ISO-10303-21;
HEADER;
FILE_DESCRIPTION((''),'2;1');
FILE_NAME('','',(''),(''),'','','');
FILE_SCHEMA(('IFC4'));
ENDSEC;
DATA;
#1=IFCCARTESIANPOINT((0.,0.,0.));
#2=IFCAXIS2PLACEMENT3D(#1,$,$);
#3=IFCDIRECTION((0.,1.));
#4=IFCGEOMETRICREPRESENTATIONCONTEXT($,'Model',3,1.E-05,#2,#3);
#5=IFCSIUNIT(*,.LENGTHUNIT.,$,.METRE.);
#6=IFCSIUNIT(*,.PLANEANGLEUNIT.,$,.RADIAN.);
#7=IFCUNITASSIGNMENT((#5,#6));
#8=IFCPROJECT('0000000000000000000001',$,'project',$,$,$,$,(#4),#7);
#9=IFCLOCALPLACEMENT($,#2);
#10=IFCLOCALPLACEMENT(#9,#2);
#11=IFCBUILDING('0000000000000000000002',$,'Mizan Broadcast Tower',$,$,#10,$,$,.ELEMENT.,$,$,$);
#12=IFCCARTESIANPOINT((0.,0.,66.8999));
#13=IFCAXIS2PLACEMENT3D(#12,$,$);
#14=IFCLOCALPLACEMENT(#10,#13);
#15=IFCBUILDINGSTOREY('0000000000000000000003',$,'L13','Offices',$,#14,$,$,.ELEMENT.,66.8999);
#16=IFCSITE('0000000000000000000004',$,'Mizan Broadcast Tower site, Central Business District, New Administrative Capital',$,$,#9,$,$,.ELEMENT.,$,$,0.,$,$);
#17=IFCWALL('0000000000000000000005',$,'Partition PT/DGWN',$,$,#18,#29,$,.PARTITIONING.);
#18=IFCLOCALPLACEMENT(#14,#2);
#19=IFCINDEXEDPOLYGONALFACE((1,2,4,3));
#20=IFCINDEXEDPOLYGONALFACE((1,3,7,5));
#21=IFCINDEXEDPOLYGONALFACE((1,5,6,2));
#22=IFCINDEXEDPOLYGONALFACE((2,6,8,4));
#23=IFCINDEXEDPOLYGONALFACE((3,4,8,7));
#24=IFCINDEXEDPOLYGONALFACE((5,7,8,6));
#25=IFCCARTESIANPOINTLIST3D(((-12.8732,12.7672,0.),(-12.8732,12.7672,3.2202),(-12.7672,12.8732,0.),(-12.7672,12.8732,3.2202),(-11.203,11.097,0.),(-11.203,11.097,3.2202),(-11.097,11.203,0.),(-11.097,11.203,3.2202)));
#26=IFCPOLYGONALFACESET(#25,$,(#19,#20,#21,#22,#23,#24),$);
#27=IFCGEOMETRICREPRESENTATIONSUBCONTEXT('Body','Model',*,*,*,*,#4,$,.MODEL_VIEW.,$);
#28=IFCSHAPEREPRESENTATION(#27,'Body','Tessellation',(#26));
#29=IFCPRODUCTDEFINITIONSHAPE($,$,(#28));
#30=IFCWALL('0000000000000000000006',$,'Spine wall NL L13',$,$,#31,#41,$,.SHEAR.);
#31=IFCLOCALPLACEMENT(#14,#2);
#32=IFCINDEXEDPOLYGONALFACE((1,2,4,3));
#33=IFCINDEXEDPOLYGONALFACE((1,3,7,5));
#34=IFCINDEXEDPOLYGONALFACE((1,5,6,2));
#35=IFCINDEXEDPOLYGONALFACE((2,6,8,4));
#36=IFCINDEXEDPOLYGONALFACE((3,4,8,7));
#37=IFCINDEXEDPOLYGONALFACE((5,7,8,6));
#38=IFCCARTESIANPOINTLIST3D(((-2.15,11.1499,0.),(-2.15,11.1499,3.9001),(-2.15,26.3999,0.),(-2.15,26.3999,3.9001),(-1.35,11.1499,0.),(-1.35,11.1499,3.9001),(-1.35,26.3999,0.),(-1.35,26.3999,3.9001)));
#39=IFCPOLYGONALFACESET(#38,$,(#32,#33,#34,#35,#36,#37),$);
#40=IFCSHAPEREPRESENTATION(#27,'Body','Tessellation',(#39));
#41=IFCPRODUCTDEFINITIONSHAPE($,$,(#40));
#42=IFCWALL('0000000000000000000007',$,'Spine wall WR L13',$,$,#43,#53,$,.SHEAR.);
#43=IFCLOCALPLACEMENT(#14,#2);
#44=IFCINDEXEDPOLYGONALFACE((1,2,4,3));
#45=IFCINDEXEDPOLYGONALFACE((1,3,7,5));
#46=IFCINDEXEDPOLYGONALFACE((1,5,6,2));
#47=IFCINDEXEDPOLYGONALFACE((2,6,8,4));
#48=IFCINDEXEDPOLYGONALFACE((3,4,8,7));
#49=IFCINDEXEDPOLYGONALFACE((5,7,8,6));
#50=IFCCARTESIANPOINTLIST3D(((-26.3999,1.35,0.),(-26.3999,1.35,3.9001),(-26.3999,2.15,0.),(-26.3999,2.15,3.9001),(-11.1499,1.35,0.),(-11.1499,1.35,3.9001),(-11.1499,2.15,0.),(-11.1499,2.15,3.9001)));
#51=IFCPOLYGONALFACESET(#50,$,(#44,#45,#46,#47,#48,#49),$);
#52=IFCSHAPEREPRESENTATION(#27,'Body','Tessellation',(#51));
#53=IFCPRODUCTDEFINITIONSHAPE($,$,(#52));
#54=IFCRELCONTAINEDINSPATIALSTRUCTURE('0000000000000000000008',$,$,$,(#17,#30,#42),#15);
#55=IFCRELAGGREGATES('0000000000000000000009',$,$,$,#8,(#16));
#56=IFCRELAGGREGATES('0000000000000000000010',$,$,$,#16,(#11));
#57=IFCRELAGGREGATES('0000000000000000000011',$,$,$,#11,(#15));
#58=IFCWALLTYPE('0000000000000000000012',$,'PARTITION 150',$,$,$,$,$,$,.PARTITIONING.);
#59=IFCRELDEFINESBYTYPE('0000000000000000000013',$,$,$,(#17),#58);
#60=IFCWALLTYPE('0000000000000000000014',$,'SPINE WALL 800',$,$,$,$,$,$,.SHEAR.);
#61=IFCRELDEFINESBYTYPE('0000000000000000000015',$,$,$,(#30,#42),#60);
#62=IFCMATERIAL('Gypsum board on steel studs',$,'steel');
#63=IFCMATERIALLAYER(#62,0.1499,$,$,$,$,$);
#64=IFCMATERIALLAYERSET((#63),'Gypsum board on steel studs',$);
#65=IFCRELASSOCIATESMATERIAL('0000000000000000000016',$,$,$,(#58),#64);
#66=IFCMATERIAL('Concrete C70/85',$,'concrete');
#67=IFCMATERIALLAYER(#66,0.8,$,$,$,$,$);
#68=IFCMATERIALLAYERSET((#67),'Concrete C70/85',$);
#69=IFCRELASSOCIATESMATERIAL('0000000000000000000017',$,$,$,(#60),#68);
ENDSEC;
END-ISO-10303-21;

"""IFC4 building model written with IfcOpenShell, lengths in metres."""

from ifc_helpers import new_model, si_unit, direction, frame, frame_2d, origin, place, context, subcontext, project, spatial, rectangle, extrude, material, layer, layer_set, type_object, element, save


model = new_model("IFC4")

# Units and contexts
model_context = context("Model", 3, precision=1e-05, world=origin(), true_north=direction((0.0, 1.0)))
body_context = subcontext(model_context, "Body", "Model", "MODEL_VIEW")
ifc_project = project(units=[si_unit("LENGTHUNIT", "METRE"), si_unit("PLANEANGLEUNIT", "RADIAN")], contexts=[model_context])

# Site, building, storey
site_placement = place(None, origin())
site = spatial("IfcSite", under=ifc_project, at=site_placement, Name="Mizan Broadcast Tower site, Central Business District, New Administrative Capital", CompositionType="ELEMENT", RefElevation=0.0)
building_placement = place(site_placement, origin())
building = spatial("IfcBuilding", under=site, at=building_placement, Name="Mizan Broadcast Tower", CompositionType="ELEMENT")
storey_placement = place(building_placement, frame((0.0, 0.0, 66.8999)))
storey = spatial("IfcBuildingStorey", under=building, at=storey_placement, Name="L13", Description="Offices", CompositionType="ELEMENT", Elevation=66.8999)

# Walls
ifc_material_1 = material(Name="Gypsum board on steel studs", Category="steel")
ifc_layer_1 = layer(ifc_material_1, 0.1499)
ifc_layer_set_1 = layer_set([ifc_layer_1], Name="Gypsum board on steel studs")
wall_type_1 = type_object("IfcWallType", Name="PARTITION 150", PredefinedType="PARTITIONING", material=ifc_layer_set_1)
wall_1_placement = place(storey_placement, frame((-11.1499, 11.1499, 0.0), z_axis=(0.0, 0.0, 1.0), x_axis=(-0.707107, 0.707107, 0.0)))
element("IfcWall", 1, at=wall_1_placement, inside=storey, type_object=wall_type_1, Name="Partition PT/DGWN", PredefinedType="PARTITIONING", context=body_context, shape_type="SweptSolid", body=[
    extrude(rectangle(XDim=2.3621, YDim=0.1499, at=frame_2d((1.1812, 0.0))), origin(), (0.0, 0.0, 1.0), 3.2202),
])
ifc_material_2 = material(Name="Concrete C70/85", Category="concrete")
ifc_layer_2 = layer(ifc_material_2, 0.8)
ifc_layer_set_2 = layer_set([ifc_layer_2], Name="Concrete C70/85")
wall_type_2 = type_object("IfcWallType", Name="SPINE WALL 800", PredefinedType="SHEAR", material=ifc_layer_set_2)
for number, where, z_axis, x_axis, name in (
    (2, (-1.75, 11.1499, 0.0), (0.0, 0.0, 1.0), (0.0, 1.0, 0.0), "Spine wall NL L13"),
    (3, (-11.1499, 1.75, 0.0), (0.0, 0.0, 1.0), (-1.0, 0.0, 0.0), "Spine wall WR L13"),
):
    element("IfcWall", number, at=place(storey_placement, frame(where, z_axis=z_axis, x_axis=x_axis)), inside=storey, type_object=wall_type_2, Name=name, PredefinedType="SHEAR", context=body_context, shape_type="SweptSolid", body=[
        extrude(rectangle(XDim=15.25, YDim=0.8, at=frame_2d((7.625, 0.0))), origin(), (0.0, 0.0, 1.0), 3.9001),
    ])

save(model, "model.ifc")
